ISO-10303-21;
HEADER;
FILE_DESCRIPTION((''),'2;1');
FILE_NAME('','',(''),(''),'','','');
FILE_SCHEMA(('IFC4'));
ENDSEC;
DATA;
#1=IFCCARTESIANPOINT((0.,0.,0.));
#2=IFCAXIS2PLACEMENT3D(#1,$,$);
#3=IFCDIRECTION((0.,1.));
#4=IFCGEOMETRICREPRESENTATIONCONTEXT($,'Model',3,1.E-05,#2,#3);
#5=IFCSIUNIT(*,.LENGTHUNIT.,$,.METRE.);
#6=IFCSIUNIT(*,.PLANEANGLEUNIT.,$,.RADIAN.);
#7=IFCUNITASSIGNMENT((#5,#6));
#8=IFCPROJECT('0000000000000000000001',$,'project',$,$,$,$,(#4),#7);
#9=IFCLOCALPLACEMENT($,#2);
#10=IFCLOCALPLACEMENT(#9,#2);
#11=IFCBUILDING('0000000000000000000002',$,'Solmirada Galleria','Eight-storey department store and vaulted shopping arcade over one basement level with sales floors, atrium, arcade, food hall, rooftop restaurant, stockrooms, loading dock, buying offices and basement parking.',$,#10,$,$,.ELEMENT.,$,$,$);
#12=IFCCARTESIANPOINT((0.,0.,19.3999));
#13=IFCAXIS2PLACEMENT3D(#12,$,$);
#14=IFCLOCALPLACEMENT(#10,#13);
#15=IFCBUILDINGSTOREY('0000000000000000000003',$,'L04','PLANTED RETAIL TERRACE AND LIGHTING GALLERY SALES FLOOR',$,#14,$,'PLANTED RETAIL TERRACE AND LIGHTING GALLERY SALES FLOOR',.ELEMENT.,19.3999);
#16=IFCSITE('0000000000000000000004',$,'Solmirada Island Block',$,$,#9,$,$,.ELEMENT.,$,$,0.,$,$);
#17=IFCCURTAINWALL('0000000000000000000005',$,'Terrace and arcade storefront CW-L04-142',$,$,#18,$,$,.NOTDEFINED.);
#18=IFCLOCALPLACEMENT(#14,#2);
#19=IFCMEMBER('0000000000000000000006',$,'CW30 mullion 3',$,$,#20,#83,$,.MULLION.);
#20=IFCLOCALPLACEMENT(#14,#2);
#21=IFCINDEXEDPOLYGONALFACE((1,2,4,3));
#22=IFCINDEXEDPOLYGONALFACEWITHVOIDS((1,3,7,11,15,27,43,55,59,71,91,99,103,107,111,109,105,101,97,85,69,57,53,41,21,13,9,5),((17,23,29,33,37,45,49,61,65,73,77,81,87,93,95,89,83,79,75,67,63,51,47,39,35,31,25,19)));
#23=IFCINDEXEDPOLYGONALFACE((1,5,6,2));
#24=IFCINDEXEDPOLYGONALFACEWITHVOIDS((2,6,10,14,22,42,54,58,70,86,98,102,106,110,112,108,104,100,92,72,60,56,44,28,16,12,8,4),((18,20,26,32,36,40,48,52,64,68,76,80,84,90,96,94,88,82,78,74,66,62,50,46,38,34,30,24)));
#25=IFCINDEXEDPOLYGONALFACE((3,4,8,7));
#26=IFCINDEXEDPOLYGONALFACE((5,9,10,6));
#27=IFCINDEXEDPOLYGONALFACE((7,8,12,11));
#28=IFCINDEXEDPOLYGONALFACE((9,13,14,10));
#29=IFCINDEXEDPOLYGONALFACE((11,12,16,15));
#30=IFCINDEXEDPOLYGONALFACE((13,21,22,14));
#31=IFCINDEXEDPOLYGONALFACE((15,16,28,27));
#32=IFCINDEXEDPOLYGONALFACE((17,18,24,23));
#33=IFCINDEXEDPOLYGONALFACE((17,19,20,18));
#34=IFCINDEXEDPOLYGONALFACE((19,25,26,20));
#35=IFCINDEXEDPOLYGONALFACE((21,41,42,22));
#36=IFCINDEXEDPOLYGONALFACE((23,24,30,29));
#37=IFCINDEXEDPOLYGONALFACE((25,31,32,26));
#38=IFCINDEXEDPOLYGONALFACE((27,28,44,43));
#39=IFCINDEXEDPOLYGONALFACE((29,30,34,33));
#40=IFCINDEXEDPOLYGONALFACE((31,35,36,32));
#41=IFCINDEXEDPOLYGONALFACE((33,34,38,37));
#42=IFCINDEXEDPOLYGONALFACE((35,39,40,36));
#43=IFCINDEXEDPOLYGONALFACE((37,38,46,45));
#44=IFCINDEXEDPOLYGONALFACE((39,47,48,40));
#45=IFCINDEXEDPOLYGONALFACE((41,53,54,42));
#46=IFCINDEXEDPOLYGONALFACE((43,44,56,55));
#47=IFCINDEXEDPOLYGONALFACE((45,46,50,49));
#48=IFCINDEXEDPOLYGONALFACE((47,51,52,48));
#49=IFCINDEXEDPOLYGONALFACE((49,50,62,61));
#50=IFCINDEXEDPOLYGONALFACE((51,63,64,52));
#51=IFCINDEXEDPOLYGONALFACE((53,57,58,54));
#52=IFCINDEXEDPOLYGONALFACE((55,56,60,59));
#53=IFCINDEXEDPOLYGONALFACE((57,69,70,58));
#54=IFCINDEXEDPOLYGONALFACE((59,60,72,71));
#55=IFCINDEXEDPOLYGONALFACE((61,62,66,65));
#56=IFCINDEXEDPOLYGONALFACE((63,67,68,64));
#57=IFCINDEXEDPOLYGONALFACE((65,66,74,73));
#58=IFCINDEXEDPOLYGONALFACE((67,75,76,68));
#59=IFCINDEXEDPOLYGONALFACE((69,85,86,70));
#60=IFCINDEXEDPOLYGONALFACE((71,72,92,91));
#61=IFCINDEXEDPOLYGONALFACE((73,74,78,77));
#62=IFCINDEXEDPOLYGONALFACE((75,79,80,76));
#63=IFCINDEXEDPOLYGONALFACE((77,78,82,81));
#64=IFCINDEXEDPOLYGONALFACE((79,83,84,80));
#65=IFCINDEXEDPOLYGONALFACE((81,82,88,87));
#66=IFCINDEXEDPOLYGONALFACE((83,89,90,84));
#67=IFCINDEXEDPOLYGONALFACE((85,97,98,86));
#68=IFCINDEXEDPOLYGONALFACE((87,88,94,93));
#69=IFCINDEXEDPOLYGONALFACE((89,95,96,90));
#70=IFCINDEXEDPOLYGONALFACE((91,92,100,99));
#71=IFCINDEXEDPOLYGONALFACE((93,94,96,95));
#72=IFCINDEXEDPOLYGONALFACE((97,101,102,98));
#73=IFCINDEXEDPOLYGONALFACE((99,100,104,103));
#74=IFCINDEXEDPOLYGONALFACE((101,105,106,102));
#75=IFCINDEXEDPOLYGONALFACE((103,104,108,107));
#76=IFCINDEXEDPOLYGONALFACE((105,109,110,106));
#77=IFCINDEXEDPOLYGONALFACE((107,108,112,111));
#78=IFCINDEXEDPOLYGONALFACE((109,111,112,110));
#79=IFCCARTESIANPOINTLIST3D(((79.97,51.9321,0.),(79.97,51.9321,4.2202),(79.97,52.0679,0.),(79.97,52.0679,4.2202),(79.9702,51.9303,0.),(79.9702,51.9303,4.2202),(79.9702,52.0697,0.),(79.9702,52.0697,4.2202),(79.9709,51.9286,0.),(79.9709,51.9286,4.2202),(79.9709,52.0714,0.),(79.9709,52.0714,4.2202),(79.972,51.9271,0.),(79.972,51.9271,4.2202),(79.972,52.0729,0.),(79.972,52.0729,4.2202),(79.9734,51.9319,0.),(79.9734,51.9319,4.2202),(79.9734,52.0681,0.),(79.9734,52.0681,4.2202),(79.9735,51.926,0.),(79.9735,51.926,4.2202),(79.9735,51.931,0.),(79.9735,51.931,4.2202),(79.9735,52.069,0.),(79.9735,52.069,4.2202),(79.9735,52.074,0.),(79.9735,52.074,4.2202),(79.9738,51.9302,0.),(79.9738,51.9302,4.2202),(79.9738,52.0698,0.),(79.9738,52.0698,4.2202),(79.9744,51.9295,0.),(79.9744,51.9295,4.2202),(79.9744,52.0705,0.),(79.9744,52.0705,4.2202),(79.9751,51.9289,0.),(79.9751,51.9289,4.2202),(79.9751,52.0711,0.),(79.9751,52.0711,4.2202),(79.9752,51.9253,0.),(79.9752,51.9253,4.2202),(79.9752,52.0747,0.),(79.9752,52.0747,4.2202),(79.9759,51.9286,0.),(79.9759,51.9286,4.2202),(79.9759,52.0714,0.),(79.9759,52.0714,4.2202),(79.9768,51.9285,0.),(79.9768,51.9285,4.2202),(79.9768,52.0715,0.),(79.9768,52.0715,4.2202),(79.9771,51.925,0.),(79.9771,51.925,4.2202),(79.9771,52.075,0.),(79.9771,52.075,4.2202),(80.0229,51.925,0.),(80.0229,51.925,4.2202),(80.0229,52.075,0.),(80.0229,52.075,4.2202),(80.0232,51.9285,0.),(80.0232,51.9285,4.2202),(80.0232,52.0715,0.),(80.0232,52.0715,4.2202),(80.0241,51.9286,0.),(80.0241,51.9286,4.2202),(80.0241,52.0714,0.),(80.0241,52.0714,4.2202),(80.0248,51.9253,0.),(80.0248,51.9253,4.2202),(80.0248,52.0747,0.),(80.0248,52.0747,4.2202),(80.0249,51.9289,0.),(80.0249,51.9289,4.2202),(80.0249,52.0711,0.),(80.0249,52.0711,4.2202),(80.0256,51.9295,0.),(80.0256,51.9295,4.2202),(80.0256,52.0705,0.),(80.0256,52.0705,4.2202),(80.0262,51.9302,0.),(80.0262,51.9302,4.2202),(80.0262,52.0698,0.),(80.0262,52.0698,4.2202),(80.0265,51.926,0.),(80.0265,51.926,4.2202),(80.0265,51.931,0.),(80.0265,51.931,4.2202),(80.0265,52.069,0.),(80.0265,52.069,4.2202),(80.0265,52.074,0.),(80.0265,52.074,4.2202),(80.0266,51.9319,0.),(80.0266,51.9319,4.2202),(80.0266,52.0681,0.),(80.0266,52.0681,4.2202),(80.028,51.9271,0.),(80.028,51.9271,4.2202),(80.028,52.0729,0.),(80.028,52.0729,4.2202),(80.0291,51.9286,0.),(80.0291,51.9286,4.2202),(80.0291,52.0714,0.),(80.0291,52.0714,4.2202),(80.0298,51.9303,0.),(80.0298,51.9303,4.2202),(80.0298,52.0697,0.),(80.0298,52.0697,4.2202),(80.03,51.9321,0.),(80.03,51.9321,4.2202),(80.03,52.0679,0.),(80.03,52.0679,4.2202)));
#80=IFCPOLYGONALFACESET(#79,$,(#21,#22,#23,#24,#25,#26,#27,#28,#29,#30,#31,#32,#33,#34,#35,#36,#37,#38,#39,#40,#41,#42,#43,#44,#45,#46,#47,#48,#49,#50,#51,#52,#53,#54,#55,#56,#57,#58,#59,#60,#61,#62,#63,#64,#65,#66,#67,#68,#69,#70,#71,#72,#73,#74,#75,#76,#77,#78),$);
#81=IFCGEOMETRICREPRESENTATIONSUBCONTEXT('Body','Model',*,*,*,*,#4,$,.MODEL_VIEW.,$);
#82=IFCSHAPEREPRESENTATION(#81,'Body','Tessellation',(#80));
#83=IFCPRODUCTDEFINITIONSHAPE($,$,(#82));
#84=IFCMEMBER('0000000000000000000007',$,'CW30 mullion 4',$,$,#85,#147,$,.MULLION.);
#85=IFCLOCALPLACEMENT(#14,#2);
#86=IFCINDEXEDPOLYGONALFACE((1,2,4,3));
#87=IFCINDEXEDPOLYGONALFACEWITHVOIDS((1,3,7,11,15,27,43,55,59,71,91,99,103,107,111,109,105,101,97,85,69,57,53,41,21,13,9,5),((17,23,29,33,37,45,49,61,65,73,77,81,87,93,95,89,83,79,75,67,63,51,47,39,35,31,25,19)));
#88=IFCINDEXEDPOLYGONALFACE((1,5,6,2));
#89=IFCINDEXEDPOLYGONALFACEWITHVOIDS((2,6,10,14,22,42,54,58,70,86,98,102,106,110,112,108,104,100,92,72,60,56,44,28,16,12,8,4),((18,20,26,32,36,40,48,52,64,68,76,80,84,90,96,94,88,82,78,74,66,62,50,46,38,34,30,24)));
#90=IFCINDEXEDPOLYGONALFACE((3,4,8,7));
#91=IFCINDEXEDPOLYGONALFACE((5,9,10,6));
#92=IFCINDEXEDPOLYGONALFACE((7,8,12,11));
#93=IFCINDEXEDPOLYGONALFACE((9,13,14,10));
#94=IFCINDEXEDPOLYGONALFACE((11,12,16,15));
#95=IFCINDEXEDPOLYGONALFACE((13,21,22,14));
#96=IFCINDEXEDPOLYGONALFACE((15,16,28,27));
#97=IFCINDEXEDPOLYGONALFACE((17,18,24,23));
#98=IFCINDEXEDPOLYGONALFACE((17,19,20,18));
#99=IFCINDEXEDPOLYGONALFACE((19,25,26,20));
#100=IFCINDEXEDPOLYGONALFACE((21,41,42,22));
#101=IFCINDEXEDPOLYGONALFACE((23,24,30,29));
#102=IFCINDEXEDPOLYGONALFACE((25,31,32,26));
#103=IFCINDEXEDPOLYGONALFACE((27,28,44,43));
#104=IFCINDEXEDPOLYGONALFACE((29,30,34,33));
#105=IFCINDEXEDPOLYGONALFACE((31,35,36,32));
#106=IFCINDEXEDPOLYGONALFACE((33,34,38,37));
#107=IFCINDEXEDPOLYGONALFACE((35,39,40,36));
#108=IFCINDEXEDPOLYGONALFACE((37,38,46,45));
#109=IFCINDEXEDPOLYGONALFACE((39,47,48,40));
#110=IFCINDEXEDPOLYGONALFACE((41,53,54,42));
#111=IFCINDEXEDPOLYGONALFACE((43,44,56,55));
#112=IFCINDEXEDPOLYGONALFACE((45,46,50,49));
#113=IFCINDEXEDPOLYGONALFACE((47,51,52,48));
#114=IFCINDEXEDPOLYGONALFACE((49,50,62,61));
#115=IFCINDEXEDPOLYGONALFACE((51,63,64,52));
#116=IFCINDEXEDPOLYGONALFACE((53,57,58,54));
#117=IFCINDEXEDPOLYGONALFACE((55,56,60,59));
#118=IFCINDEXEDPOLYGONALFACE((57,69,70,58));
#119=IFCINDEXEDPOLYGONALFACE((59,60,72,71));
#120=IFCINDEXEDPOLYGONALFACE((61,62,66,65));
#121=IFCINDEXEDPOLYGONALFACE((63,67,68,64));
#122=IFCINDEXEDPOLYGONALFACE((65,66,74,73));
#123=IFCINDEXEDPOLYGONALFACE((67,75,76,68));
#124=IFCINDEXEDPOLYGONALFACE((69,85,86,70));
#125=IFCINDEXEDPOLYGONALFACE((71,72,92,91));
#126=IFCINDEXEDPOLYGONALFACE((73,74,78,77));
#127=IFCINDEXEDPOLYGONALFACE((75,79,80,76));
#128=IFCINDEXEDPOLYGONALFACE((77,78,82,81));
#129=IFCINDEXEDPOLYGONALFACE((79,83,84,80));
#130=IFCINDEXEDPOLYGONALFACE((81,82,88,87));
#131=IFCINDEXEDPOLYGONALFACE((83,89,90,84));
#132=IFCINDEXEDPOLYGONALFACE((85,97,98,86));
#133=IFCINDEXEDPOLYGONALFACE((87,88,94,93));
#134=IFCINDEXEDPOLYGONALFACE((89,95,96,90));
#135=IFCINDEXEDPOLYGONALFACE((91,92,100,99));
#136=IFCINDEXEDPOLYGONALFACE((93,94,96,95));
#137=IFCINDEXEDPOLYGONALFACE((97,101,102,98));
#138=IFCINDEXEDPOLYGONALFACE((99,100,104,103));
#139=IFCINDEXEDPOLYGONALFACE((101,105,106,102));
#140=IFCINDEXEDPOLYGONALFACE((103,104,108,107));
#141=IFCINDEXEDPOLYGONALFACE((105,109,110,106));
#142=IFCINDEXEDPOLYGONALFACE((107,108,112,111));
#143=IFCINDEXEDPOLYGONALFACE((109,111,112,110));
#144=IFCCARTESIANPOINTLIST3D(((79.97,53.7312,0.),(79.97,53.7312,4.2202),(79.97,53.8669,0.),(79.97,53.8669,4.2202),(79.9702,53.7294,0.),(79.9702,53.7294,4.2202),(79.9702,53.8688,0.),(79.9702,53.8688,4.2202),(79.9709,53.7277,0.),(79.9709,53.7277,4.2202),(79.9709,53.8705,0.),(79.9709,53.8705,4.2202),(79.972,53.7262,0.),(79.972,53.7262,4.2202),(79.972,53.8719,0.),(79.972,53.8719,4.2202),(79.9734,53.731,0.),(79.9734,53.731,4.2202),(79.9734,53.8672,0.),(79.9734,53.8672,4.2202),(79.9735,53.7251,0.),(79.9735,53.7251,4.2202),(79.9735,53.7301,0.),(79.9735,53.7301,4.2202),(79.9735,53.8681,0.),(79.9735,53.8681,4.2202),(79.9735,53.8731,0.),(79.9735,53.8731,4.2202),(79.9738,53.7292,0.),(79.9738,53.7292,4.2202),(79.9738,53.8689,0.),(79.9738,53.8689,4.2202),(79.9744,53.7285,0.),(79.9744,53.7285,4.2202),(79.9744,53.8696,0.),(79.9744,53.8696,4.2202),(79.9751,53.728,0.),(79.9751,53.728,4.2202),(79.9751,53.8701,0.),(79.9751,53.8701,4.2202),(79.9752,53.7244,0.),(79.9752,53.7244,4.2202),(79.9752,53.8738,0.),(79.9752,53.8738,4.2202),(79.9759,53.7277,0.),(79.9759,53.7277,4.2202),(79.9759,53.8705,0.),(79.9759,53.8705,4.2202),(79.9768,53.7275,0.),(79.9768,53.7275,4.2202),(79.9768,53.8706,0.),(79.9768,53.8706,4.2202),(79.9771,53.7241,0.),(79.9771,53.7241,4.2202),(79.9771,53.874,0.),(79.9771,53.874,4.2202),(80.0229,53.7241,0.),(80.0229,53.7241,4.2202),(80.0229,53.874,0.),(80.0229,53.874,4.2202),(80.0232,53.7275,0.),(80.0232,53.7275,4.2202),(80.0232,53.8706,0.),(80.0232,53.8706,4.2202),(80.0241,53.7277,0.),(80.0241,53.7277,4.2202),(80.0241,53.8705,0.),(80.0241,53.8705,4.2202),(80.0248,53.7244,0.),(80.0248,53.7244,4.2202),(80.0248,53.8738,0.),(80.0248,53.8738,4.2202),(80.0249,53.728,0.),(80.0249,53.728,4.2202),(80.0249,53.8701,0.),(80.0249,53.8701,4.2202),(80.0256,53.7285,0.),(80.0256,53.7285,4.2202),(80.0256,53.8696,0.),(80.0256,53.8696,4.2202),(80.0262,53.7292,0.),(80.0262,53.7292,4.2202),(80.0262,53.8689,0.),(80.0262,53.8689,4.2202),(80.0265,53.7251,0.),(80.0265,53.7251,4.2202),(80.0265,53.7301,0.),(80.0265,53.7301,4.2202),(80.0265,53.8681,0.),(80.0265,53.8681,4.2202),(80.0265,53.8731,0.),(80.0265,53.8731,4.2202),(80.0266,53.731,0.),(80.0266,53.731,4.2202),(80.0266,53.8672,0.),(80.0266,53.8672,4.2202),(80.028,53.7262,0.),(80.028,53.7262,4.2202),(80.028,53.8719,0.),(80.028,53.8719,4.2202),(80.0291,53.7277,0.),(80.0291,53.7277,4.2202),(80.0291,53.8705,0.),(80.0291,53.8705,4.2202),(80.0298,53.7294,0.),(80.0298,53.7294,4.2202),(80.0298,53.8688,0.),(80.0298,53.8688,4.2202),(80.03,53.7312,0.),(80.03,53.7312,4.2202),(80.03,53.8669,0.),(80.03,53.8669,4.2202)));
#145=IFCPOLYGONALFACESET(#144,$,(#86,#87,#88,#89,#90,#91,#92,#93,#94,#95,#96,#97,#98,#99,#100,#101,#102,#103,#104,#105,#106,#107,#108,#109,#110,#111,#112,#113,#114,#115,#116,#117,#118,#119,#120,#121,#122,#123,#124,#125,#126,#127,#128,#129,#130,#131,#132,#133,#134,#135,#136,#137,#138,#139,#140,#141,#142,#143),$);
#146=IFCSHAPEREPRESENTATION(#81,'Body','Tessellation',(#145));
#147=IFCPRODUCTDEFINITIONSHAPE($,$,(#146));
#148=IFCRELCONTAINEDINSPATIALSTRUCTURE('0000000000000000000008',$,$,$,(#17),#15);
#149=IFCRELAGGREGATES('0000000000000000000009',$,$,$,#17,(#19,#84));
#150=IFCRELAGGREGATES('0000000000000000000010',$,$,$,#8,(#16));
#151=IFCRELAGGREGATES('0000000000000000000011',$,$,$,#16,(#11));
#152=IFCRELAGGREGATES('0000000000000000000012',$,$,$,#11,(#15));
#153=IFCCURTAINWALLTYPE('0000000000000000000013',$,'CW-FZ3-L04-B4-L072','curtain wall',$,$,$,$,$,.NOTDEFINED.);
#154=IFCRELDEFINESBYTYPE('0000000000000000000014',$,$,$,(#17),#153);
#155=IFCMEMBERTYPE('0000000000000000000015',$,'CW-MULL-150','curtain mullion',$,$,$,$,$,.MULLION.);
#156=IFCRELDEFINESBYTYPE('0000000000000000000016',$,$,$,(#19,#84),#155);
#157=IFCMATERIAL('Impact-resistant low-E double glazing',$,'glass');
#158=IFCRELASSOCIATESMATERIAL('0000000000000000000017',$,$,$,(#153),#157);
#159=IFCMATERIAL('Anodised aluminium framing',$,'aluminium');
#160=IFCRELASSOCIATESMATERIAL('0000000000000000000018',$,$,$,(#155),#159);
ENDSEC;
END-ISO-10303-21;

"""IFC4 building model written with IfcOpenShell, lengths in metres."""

from ifc_helpers import new_model, si_unit, direction, frame, origin, origin_2d, place, context, subcontext, project, spatial, hollow_rectangle, extrude, material, material_profile, profile_set, type_object, element, aggregate, save


model = new_model("IFC4")

# Units and contexts
model_context = context("Model", 3, precision=1e-05, world=origin(), true_north=direction((0.0, 1.0)))
body_context = subcontext(model_context, "Body", "Model", "MODEL_VIEW")
ifc_project = project(units=[si_unit("LENGTHUNIT", "METRE"), si_unit("PLANEANGLEUNIT", "RADIAN")], contexts=[model_context])

# Site, building, storey
site_placement = place(None, origin())
site = spatial("IfcSite", under=ifc_project, at=site_placement, Name="Solmirada Island Block", CompositionType="ELEMENT", RefElevation=0.0)
building_placement = place(site_placement, origin())
building = spatial("IfcBuilding", under=site, at=building_placement, Name="Solmirada Galleria", Description="Eight-storey department store and vaulted shopping arcade over one basement level with sales floors, atrium, arcade, food hall, rooftop restaurant, stockrooms, loading dock, buying offices and basement parking.", CompositionType="ELEMENT")
storey_placement = place(building_placement, frame((0.0, 0.0, 19.3999)))
storey = spatial("IfcBuildingStorey", under=building, at=storey_placement, Name="L04", Description="PLANTED RETAIL TERRACE AND LIGHTING GALLERY SALES FLOOR", LongName="PLANTED RETAIL TERRACE AND LIGHTING GALLERY SALES FLOOR", CompositionType="ELEMENT", Elevation=19.3999)

# Curtain wall, members
ifc_material_1 = material(Name="Impact-resistant low-E double glazing", Category="glass")
curtain_wall_type = type_object("IfcCurtainWallType", Name="CW-FZ3-L04-B4-L072", Description="curtain wall", PredefinedType="NOTDEFINED", material=ifc_material_1)
curtain_wall_1_placement = place(storey_placement, origin())
curtain_wall_1 = element("IfcCurtainWall", 1, at=curtain_wall_1_placement, inside=storey, type_object=curtain_wall_type, Name="Terrace and arcade storefront CW-L04-142", PredefinedType="NOTDEFINED")
ifc_material_2 = material(Name="Anodised aluminium framing", Category="aluminium")
ifc_material_profile_1 = material_profile(ifc_material_2, hollow_rectangle(XDim=0.0601, YDim=0.1499, WallThickness=0.0034, InnerFilletRadius=0.0034, OuterFilletRadius=0.0071, at=origin_2d()), Name="ALU-MULL-150X60")
ifc_profile_set_1 = profile_set([ifc_material_profile_1], Name="Anodised aluminium framing")
member_type_1 = type_object("IfcMemberType", Name="CW-MULL-150", Description="curtain mullion", PredefinedType="MULLION", material=ifc_profile_set_1)
member_1_placement = place(storey_placement, frame((80.0, 52.0, 0.0), z_axis=(0.0, 0.0, 1.0), x_axis=(-1.0, 0.0, 0.0)))
member_1 = element("IfcMember", 2, at=member_1_placement, type_object=member_type_1, Name="CW30 mullion 3", PredefinedType="MULLION", context=body_context, shape_type="SweptSolid", body=[
    extrude(hollow_rectangle(XDim=0.0601, YDim=0.1499, WallThickness=0.0034, InnerFilletRadius=0.0034, OuterFilletRadius=0.0071, at=origin_2d()), origin(), (0.0, 0.0, 1.0), 4.2202),
])
member_2_placement = place(storey_placement, frame((80.0, 53.7991, 0.0), z_axis=(0.0, 0.0, 1.0), x_axis=(-1.0, 0.0, 0.0)))
member_2 = element("IfcMember", 3, at=member_2_placement, type_object=member_type_1, Name="CW30 mullion 4", PredefinedType="MULLION", context=body_context, shape_type="SweptSolid", body=[
    extrude(hollow_rectangle(XDim=0.0601, YDim=0.1499, WallThickness=0.0034, InnerFilletRadius=0.0034, OuterFilletRadius=0.0071, at=origin_2d()), origin(), (0.0, 0.0, 1.0), 4.2202),
])

aggregate(curtain_wall_1, [member_1, member_2])

save(model, "model.ifc")
